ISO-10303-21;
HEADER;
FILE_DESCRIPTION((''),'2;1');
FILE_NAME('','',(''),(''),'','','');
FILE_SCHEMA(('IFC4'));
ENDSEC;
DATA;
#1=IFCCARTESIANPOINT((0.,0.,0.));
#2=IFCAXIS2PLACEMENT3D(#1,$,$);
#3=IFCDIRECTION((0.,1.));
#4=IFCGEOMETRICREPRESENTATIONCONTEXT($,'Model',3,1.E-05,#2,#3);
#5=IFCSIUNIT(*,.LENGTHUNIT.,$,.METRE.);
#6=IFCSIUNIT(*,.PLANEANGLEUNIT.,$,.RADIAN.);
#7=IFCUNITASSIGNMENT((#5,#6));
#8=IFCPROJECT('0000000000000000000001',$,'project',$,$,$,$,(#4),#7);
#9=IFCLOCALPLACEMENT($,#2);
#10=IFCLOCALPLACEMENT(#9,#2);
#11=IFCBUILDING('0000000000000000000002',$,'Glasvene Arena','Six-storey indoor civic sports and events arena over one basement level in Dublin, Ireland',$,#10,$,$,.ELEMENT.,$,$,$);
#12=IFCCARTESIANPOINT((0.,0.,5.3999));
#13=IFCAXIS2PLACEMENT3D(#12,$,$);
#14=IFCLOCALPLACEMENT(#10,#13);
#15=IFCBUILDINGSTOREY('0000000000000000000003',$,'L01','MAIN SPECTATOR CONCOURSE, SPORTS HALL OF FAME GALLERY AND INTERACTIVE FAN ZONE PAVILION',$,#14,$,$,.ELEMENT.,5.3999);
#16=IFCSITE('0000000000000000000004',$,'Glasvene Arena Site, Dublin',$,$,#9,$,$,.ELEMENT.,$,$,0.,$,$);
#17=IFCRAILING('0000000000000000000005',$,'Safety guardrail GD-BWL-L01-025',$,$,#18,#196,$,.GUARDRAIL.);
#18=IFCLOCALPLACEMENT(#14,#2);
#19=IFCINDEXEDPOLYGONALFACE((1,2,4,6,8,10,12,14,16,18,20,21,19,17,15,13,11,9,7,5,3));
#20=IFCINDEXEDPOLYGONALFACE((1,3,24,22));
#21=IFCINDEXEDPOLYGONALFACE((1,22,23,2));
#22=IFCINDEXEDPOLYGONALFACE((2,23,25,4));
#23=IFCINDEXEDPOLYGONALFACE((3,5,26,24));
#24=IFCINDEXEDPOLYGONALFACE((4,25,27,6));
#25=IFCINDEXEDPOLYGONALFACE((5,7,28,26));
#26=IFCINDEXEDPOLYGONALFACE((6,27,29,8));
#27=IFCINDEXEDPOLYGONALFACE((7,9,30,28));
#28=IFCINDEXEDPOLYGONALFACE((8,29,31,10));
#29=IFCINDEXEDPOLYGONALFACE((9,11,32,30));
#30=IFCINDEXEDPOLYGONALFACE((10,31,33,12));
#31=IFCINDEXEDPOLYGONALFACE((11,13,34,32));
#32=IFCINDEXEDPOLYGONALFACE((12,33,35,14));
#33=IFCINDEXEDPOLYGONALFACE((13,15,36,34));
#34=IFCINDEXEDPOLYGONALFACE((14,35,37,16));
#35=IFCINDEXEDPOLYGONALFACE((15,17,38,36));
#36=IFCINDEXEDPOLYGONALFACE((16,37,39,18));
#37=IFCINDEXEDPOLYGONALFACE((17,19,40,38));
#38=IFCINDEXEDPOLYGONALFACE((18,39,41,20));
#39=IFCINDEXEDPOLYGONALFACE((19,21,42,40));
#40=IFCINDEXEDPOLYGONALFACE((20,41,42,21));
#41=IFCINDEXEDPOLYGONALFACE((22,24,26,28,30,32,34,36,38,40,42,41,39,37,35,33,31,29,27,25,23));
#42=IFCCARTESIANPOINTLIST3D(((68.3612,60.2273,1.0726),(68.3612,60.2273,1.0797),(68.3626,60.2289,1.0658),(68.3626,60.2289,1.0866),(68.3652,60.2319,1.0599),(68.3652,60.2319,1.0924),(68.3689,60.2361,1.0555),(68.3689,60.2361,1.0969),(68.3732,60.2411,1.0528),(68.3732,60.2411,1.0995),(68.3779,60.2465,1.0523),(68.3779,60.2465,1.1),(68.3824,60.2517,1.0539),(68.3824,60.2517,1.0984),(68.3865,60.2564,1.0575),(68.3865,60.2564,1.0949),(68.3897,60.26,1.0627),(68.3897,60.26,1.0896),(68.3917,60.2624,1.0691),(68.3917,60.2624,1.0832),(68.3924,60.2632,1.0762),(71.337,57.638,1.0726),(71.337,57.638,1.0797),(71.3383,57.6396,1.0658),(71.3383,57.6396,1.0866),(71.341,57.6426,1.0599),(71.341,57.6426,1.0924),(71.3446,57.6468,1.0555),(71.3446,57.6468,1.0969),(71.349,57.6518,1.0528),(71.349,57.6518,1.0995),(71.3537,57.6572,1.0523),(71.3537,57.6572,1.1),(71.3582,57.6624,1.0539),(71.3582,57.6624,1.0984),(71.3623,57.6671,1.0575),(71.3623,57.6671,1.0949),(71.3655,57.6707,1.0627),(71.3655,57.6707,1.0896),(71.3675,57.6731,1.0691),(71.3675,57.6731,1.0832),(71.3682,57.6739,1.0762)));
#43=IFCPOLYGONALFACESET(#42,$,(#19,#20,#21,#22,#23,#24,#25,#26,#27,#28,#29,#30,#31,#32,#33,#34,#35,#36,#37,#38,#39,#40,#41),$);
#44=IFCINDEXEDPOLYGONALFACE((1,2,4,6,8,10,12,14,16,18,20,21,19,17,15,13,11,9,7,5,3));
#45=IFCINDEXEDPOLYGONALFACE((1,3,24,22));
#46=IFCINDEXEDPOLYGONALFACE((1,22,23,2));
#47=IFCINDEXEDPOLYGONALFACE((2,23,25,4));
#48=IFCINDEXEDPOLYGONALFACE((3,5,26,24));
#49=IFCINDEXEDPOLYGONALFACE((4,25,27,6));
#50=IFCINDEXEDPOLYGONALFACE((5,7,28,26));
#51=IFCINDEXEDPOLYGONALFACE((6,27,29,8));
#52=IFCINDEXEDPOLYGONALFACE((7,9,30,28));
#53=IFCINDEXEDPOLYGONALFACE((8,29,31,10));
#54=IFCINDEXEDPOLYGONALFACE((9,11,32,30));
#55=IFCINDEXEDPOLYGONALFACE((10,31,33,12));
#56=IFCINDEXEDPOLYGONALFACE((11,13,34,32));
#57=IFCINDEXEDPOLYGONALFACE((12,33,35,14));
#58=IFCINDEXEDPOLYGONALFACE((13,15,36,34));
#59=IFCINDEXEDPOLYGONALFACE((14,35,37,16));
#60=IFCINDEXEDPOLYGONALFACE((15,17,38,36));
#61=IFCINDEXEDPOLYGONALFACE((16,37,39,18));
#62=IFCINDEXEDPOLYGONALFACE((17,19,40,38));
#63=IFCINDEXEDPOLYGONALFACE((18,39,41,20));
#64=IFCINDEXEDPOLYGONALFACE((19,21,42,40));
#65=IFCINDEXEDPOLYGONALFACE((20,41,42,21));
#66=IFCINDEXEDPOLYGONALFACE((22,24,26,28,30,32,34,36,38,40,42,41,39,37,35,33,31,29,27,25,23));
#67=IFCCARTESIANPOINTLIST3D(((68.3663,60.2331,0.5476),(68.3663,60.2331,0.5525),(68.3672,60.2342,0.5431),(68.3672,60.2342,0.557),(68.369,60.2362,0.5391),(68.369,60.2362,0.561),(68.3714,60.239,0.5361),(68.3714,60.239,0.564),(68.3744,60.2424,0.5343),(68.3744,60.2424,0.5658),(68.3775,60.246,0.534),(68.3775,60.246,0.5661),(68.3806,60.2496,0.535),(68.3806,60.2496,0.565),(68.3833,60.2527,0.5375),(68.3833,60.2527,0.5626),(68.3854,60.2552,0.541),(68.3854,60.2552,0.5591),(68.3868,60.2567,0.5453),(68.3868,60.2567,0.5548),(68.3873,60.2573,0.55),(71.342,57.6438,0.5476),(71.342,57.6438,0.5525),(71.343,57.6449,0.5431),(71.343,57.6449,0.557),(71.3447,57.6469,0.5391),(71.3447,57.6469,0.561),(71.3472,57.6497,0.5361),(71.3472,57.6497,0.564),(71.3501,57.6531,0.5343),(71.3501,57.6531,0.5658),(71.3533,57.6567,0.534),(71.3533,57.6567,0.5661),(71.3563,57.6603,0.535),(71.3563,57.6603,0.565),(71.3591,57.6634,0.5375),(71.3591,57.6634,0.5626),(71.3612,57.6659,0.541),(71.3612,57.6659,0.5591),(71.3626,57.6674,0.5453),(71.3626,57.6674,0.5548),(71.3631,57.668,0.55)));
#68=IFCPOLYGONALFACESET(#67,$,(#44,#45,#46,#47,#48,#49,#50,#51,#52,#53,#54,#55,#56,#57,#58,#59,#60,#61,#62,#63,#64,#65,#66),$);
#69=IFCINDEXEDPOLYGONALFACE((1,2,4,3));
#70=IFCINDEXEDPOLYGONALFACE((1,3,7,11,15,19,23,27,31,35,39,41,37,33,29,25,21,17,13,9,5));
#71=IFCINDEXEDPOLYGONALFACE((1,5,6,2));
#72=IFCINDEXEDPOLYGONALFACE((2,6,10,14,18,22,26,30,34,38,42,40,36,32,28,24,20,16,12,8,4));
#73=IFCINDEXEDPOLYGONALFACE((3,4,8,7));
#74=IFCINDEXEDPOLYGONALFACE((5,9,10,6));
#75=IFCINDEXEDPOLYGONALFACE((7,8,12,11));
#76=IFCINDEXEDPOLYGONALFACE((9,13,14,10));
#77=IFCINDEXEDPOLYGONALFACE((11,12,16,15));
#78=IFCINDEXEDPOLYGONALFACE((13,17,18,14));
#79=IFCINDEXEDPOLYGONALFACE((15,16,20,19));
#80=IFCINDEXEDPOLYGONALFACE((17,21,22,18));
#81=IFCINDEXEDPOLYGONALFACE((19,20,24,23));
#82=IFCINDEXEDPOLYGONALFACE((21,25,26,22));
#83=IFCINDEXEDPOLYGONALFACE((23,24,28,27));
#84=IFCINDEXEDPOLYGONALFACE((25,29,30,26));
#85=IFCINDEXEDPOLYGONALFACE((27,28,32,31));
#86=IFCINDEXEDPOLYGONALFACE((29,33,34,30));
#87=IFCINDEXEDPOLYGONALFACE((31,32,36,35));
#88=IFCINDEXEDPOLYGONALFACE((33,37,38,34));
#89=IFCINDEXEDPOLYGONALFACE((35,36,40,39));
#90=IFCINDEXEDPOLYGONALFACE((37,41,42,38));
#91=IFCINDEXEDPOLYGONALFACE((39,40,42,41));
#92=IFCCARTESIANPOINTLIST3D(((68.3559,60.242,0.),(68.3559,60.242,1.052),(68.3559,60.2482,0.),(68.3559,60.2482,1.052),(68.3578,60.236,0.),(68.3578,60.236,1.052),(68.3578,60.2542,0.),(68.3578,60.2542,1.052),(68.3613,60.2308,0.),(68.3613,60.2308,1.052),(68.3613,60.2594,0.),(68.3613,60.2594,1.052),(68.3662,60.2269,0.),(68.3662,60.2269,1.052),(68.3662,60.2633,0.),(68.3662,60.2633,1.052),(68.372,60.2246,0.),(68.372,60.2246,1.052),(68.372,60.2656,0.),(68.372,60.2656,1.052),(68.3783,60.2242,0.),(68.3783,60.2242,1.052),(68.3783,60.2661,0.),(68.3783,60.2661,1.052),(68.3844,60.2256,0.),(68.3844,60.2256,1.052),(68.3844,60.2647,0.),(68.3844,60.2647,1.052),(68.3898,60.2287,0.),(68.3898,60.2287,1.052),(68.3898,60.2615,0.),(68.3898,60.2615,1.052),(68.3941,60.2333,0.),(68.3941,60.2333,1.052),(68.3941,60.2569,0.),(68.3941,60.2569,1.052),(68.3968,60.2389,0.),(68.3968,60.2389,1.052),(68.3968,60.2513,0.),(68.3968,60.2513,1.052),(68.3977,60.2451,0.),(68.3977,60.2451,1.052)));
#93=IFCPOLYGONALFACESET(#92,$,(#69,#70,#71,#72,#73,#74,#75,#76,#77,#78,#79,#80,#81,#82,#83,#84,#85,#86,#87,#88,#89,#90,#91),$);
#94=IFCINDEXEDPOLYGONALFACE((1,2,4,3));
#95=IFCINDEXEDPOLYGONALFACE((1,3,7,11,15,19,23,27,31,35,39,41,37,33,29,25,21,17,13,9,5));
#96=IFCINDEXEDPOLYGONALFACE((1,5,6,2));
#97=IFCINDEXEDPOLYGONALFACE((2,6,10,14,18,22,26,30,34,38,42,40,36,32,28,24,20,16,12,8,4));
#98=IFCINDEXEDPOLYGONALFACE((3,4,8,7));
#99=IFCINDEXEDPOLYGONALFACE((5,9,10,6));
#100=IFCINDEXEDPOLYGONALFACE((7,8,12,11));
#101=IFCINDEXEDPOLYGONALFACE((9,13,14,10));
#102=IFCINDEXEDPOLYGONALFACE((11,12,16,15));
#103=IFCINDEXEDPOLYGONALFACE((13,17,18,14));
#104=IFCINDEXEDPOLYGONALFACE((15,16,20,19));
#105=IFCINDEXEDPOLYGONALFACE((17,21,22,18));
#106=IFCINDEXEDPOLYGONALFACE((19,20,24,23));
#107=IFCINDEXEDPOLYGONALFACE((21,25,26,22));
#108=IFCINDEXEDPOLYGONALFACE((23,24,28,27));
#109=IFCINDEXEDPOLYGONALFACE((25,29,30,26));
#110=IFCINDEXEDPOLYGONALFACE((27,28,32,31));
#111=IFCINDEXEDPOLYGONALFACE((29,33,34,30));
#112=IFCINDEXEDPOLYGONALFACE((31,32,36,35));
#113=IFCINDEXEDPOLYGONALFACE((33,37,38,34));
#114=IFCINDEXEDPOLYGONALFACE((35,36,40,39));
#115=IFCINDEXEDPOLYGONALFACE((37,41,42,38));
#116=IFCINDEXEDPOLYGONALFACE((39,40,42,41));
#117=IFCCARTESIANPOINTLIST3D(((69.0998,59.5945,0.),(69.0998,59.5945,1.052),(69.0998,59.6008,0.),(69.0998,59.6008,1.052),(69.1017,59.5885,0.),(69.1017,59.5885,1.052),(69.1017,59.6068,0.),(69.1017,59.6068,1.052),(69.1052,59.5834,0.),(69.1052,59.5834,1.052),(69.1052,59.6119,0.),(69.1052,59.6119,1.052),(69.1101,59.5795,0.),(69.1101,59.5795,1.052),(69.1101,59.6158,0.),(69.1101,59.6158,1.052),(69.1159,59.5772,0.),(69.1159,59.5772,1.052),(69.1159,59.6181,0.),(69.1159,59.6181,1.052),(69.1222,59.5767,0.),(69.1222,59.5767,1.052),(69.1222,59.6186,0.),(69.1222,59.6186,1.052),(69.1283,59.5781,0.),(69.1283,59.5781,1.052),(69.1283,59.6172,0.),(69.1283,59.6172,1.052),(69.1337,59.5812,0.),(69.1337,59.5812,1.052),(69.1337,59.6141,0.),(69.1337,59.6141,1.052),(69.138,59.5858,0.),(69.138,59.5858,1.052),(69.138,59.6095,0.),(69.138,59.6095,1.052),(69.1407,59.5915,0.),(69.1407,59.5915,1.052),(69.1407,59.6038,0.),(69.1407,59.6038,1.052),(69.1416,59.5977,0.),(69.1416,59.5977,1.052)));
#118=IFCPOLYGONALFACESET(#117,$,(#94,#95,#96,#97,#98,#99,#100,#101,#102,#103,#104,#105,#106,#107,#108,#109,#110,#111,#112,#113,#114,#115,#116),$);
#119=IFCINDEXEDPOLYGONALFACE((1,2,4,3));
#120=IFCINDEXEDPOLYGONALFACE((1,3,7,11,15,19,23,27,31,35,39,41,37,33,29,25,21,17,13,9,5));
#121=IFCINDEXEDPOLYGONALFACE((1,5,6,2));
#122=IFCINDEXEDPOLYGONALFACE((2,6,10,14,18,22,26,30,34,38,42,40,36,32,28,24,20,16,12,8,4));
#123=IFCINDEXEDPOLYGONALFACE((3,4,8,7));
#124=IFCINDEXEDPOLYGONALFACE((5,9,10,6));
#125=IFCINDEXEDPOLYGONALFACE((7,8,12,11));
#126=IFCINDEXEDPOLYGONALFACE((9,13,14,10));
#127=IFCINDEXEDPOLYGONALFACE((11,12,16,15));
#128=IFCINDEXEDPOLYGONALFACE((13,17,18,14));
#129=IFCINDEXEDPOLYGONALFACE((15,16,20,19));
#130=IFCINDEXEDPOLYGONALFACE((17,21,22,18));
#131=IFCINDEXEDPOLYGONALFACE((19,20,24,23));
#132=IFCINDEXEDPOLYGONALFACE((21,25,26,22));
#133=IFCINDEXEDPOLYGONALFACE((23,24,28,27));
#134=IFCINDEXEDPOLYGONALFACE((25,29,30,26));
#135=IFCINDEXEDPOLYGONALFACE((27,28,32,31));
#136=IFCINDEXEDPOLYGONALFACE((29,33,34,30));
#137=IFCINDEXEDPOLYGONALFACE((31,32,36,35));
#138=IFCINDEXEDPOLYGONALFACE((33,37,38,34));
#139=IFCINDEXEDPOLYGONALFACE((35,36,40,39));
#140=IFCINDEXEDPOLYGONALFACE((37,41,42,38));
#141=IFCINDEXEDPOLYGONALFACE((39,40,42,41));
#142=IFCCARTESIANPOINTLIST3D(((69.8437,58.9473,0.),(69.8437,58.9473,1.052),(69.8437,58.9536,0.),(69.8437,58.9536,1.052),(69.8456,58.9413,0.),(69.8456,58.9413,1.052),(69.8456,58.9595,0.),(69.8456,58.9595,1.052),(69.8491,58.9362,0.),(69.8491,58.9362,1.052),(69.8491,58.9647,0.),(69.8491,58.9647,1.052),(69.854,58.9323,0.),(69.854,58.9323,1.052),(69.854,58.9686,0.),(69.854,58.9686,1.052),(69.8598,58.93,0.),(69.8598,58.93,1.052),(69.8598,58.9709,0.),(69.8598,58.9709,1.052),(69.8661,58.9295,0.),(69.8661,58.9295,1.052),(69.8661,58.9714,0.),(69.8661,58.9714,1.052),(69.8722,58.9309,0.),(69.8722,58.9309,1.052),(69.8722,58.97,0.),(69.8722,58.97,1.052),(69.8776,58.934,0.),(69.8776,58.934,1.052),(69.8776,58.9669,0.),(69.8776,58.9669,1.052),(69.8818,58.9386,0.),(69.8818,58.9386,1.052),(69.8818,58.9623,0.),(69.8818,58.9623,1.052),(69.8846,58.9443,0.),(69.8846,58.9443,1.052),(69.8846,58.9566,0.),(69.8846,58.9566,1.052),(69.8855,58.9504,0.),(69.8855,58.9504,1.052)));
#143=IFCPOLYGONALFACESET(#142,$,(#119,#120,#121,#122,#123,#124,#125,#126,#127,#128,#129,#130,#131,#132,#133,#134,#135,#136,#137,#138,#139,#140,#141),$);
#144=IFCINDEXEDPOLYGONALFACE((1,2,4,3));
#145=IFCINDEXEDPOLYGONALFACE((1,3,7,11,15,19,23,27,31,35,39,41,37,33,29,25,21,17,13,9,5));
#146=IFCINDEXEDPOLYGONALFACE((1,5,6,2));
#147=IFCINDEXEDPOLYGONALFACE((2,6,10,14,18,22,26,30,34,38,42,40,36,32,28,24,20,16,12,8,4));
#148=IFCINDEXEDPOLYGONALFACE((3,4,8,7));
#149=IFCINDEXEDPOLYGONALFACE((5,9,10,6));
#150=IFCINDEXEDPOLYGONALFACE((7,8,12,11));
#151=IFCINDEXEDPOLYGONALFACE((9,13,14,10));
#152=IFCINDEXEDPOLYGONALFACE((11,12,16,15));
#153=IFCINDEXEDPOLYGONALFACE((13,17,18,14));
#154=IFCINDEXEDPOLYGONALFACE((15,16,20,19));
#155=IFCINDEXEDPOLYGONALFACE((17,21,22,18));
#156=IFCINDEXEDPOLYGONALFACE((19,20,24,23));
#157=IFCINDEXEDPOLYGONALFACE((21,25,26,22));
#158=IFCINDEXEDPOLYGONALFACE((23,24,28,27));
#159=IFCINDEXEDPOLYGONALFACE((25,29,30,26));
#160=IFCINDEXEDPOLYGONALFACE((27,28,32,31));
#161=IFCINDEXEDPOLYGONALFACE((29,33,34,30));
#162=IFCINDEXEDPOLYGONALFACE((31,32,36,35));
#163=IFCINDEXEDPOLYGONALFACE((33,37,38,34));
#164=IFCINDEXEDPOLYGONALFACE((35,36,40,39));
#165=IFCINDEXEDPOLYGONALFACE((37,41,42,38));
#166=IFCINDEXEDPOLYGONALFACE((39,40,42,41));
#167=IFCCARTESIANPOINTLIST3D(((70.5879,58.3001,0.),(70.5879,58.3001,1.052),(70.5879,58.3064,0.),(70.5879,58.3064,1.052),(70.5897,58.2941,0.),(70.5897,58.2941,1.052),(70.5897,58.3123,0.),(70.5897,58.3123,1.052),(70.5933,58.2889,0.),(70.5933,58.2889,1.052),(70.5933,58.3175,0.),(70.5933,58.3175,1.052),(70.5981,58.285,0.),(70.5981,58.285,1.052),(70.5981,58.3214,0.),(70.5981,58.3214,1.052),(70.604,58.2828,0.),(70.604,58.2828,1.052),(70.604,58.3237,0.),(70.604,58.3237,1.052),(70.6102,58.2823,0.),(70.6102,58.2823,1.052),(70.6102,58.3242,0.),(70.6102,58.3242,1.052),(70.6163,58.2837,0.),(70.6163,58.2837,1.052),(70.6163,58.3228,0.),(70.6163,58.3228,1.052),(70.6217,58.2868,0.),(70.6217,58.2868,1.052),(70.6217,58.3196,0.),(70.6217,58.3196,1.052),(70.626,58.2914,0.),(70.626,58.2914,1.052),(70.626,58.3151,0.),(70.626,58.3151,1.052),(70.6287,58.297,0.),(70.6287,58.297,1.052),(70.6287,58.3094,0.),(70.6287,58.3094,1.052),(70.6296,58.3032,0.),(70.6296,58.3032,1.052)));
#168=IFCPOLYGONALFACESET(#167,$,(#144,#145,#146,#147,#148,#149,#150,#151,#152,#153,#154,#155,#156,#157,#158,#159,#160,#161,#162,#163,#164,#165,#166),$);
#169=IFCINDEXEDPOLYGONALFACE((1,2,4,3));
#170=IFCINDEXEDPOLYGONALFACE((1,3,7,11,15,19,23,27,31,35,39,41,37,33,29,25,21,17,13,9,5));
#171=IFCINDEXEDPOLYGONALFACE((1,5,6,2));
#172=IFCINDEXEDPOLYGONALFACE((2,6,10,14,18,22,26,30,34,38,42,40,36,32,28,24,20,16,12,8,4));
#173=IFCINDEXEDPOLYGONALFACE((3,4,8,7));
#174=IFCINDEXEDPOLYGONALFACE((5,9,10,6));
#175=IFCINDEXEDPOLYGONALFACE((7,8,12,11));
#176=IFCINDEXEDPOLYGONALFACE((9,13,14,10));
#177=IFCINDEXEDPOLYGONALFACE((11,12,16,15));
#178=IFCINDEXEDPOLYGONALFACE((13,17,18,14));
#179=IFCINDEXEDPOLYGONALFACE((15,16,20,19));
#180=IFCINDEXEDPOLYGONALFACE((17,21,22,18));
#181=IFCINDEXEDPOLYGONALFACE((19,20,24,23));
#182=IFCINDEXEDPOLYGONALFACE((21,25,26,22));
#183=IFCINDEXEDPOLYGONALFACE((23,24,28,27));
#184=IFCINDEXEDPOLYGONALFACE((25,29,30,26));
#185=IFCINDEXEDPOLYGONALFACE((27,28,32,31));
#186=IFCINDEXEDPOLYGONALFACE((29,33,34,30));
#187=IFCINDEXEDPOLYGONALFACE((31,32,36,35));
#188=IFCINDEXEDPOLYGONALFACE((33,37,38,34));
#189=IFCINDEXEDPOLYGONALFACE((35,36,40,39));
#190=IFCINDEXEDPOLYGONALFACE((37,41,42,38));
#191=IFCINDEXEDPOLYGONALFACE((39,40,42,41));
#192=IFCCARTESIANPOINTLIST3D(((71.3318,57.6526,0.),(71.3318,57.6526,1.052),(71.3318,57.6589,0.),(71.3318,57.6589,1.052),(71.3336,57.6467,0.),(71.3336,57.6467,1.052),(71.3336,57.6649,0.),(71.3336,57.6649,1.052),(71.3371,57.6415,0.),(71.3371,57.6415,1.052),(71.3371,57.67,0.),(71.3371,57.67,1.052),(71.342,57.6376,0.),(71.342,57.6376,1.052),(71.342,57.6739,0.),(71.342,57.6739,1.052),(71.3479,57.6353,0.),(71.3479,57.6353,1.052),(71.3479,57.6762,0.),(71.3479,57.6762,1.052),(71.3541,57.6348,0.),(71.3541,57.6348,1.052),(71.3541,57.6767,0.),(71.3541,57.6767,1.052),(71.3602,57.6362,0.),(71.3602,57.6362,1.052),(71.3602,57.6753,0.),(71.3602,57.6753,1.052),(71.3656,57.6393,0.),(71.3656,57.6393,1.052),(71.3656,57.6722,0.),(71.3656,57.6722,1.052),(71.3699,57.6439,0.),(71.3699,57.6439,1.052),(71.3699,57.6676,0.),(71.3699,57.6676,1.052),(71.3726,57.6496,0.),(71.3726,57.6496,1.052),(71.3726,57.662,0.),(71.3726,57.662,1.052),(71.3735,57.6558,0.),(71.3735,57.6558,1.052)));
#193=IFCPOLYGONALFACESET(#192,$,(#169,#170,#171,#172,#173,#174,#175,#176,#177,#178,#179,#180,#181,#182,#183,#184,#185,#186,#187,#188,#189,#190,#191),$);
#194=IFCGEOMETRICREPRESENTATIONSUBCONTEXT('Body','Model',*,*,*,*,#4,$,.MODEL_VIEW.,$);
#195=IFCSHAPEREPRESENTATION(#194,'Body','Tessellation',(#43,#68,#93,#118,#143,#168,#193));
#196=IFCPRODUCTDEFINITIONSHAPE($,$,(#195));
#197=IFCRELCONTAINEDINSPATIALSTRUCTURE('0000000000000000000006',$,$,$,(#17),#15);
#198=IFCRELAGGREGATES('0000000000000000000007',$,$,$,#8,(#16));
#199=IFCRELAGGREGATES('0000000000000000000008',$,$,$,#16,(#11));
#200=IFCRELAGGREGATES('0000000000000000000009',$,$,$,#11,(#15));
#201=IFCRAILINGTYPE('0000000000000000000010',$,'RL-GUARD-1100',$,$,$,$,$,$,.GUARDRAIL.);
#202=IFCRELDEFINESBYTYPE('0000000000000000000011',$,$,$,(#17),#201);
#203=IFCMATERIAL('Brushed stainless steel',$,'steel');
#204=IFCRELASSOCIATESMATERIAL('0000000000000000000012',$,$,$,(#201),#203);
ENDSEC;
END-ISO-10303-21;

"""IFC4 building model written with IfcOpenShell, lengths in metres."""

from ifc_helpers import new_model, si_unit, direction, frame, origin, origin_2d, place, context, subcontext, project, spatial, circle, extrude, material, type_object, element, save


model = new_model("IFC4")

# Units and contexts
model_context = context("Model", 3, precision=1e-05, world=origin(), true_north=direction((0.0, 1.0)))
body_context = subcontext(model_context, "Body", "Model", "MODEL_VIEW")
ifc_project = project(units=[si_unit("LENGTHUNIT", "METRE"), si_unit("PLANEANGLEUNIT", "RADIAN")], contexts=[model_context])

# Site, building, storey
site_placement = place(None, origin())
site = spatial("IfcSite", under=ifc_project, at=site_placement, Name="Glasvene Arena Site, Dublin", CompositionType="ELEMENT", RefElevation=0.0)
building_placement = place(site_placement, origin())
building = spatial("IfcBuilding", under=site, at=building_placement, Name="Glasvene Arena", Description="Six-storey indoor civic sports and events arena over one basement level in Dublin, Ireland", CompositionType="ELEMENT")
storey_placement = place(building_placement, frame((0.0, 0.0, 5.3999)))
storey = spatial("IfcBuildingStorey", under=building, at=storey_placement, Name="L01", Description="MAIN SPECTATOR CONCOURSE, SPORTS HALL OF FAME GALLERY AND INTERACTIVE FAN ZONE PAVILION", CompositionType="ELEMENT", Elevation=5.3999)

# Railing
ifc_material_1 = material(Name="Brushed stainless steel", Category="steel")
railing_type = type_object("IfcRailingType", Name="RL-GUARD-1100", PredefinedType="GUARDRAIL", material=ifc_material_1)
railing_1_placement = place(storey_placement, frame((68.3767, 60.2451, 0.0)))
element("IfcRailing", 1, at=railing_1_placement, inside=storey, type_object=railing_type, Name="Safety guardrail GD-BWL-L01-025", PredefinedType="GUARDRAIL", context=body_context, shape_type="SweptSolid", body=[
    extrude(circle(Radius=0.0239, at=origin_2d()), frame((0.0, 0.0, 1.0762), z_axis=(0.754395, -0.656421, 0.0), x_axis=(0.656421, 0.754395, 0.0)), (0.0, 0.0, 1.0), 3.9446),
    extrude(circle(Radius=0.0161, at=origin_2d()), frame((0.0, 0.0, 0.55), z_axis=(0.754395, -0.656421, 0.0), x_axis=(0.656421, 0.754395, 0.0)), (0.0, 0.0, 1.0), 3.9446),
    extrude(circle(Radius=0.021, at=origin_2d()), origin(), (0.0, 0.0, 1.0), 1.052),
    extrude(circle(Radius=0.021, at=origin_2d()), frame((0.7439, -0.6475, 0.0)), (0.0, 0.0, 1.0), 1.052),
    extrude(circle(Radius=0.021, at=origin_2d()), frame((1.4878, -1.2947, 0.0)), (0.0, 0.0, 1.0), 1.052),
    extrude(circle(Radius=0.021, at=origin_2d()), frame((2.2319, -1.9419, 0.0)), (0.0, 0.0, 1.0), 1.052),
    extrude(circle(Radius=0.021, at=origin_2d()), frame((2.9758, -2.5894, 0.0)), (0.0, 0.0, 1.0), 1.052),
])

save(model, "model.ifc")
